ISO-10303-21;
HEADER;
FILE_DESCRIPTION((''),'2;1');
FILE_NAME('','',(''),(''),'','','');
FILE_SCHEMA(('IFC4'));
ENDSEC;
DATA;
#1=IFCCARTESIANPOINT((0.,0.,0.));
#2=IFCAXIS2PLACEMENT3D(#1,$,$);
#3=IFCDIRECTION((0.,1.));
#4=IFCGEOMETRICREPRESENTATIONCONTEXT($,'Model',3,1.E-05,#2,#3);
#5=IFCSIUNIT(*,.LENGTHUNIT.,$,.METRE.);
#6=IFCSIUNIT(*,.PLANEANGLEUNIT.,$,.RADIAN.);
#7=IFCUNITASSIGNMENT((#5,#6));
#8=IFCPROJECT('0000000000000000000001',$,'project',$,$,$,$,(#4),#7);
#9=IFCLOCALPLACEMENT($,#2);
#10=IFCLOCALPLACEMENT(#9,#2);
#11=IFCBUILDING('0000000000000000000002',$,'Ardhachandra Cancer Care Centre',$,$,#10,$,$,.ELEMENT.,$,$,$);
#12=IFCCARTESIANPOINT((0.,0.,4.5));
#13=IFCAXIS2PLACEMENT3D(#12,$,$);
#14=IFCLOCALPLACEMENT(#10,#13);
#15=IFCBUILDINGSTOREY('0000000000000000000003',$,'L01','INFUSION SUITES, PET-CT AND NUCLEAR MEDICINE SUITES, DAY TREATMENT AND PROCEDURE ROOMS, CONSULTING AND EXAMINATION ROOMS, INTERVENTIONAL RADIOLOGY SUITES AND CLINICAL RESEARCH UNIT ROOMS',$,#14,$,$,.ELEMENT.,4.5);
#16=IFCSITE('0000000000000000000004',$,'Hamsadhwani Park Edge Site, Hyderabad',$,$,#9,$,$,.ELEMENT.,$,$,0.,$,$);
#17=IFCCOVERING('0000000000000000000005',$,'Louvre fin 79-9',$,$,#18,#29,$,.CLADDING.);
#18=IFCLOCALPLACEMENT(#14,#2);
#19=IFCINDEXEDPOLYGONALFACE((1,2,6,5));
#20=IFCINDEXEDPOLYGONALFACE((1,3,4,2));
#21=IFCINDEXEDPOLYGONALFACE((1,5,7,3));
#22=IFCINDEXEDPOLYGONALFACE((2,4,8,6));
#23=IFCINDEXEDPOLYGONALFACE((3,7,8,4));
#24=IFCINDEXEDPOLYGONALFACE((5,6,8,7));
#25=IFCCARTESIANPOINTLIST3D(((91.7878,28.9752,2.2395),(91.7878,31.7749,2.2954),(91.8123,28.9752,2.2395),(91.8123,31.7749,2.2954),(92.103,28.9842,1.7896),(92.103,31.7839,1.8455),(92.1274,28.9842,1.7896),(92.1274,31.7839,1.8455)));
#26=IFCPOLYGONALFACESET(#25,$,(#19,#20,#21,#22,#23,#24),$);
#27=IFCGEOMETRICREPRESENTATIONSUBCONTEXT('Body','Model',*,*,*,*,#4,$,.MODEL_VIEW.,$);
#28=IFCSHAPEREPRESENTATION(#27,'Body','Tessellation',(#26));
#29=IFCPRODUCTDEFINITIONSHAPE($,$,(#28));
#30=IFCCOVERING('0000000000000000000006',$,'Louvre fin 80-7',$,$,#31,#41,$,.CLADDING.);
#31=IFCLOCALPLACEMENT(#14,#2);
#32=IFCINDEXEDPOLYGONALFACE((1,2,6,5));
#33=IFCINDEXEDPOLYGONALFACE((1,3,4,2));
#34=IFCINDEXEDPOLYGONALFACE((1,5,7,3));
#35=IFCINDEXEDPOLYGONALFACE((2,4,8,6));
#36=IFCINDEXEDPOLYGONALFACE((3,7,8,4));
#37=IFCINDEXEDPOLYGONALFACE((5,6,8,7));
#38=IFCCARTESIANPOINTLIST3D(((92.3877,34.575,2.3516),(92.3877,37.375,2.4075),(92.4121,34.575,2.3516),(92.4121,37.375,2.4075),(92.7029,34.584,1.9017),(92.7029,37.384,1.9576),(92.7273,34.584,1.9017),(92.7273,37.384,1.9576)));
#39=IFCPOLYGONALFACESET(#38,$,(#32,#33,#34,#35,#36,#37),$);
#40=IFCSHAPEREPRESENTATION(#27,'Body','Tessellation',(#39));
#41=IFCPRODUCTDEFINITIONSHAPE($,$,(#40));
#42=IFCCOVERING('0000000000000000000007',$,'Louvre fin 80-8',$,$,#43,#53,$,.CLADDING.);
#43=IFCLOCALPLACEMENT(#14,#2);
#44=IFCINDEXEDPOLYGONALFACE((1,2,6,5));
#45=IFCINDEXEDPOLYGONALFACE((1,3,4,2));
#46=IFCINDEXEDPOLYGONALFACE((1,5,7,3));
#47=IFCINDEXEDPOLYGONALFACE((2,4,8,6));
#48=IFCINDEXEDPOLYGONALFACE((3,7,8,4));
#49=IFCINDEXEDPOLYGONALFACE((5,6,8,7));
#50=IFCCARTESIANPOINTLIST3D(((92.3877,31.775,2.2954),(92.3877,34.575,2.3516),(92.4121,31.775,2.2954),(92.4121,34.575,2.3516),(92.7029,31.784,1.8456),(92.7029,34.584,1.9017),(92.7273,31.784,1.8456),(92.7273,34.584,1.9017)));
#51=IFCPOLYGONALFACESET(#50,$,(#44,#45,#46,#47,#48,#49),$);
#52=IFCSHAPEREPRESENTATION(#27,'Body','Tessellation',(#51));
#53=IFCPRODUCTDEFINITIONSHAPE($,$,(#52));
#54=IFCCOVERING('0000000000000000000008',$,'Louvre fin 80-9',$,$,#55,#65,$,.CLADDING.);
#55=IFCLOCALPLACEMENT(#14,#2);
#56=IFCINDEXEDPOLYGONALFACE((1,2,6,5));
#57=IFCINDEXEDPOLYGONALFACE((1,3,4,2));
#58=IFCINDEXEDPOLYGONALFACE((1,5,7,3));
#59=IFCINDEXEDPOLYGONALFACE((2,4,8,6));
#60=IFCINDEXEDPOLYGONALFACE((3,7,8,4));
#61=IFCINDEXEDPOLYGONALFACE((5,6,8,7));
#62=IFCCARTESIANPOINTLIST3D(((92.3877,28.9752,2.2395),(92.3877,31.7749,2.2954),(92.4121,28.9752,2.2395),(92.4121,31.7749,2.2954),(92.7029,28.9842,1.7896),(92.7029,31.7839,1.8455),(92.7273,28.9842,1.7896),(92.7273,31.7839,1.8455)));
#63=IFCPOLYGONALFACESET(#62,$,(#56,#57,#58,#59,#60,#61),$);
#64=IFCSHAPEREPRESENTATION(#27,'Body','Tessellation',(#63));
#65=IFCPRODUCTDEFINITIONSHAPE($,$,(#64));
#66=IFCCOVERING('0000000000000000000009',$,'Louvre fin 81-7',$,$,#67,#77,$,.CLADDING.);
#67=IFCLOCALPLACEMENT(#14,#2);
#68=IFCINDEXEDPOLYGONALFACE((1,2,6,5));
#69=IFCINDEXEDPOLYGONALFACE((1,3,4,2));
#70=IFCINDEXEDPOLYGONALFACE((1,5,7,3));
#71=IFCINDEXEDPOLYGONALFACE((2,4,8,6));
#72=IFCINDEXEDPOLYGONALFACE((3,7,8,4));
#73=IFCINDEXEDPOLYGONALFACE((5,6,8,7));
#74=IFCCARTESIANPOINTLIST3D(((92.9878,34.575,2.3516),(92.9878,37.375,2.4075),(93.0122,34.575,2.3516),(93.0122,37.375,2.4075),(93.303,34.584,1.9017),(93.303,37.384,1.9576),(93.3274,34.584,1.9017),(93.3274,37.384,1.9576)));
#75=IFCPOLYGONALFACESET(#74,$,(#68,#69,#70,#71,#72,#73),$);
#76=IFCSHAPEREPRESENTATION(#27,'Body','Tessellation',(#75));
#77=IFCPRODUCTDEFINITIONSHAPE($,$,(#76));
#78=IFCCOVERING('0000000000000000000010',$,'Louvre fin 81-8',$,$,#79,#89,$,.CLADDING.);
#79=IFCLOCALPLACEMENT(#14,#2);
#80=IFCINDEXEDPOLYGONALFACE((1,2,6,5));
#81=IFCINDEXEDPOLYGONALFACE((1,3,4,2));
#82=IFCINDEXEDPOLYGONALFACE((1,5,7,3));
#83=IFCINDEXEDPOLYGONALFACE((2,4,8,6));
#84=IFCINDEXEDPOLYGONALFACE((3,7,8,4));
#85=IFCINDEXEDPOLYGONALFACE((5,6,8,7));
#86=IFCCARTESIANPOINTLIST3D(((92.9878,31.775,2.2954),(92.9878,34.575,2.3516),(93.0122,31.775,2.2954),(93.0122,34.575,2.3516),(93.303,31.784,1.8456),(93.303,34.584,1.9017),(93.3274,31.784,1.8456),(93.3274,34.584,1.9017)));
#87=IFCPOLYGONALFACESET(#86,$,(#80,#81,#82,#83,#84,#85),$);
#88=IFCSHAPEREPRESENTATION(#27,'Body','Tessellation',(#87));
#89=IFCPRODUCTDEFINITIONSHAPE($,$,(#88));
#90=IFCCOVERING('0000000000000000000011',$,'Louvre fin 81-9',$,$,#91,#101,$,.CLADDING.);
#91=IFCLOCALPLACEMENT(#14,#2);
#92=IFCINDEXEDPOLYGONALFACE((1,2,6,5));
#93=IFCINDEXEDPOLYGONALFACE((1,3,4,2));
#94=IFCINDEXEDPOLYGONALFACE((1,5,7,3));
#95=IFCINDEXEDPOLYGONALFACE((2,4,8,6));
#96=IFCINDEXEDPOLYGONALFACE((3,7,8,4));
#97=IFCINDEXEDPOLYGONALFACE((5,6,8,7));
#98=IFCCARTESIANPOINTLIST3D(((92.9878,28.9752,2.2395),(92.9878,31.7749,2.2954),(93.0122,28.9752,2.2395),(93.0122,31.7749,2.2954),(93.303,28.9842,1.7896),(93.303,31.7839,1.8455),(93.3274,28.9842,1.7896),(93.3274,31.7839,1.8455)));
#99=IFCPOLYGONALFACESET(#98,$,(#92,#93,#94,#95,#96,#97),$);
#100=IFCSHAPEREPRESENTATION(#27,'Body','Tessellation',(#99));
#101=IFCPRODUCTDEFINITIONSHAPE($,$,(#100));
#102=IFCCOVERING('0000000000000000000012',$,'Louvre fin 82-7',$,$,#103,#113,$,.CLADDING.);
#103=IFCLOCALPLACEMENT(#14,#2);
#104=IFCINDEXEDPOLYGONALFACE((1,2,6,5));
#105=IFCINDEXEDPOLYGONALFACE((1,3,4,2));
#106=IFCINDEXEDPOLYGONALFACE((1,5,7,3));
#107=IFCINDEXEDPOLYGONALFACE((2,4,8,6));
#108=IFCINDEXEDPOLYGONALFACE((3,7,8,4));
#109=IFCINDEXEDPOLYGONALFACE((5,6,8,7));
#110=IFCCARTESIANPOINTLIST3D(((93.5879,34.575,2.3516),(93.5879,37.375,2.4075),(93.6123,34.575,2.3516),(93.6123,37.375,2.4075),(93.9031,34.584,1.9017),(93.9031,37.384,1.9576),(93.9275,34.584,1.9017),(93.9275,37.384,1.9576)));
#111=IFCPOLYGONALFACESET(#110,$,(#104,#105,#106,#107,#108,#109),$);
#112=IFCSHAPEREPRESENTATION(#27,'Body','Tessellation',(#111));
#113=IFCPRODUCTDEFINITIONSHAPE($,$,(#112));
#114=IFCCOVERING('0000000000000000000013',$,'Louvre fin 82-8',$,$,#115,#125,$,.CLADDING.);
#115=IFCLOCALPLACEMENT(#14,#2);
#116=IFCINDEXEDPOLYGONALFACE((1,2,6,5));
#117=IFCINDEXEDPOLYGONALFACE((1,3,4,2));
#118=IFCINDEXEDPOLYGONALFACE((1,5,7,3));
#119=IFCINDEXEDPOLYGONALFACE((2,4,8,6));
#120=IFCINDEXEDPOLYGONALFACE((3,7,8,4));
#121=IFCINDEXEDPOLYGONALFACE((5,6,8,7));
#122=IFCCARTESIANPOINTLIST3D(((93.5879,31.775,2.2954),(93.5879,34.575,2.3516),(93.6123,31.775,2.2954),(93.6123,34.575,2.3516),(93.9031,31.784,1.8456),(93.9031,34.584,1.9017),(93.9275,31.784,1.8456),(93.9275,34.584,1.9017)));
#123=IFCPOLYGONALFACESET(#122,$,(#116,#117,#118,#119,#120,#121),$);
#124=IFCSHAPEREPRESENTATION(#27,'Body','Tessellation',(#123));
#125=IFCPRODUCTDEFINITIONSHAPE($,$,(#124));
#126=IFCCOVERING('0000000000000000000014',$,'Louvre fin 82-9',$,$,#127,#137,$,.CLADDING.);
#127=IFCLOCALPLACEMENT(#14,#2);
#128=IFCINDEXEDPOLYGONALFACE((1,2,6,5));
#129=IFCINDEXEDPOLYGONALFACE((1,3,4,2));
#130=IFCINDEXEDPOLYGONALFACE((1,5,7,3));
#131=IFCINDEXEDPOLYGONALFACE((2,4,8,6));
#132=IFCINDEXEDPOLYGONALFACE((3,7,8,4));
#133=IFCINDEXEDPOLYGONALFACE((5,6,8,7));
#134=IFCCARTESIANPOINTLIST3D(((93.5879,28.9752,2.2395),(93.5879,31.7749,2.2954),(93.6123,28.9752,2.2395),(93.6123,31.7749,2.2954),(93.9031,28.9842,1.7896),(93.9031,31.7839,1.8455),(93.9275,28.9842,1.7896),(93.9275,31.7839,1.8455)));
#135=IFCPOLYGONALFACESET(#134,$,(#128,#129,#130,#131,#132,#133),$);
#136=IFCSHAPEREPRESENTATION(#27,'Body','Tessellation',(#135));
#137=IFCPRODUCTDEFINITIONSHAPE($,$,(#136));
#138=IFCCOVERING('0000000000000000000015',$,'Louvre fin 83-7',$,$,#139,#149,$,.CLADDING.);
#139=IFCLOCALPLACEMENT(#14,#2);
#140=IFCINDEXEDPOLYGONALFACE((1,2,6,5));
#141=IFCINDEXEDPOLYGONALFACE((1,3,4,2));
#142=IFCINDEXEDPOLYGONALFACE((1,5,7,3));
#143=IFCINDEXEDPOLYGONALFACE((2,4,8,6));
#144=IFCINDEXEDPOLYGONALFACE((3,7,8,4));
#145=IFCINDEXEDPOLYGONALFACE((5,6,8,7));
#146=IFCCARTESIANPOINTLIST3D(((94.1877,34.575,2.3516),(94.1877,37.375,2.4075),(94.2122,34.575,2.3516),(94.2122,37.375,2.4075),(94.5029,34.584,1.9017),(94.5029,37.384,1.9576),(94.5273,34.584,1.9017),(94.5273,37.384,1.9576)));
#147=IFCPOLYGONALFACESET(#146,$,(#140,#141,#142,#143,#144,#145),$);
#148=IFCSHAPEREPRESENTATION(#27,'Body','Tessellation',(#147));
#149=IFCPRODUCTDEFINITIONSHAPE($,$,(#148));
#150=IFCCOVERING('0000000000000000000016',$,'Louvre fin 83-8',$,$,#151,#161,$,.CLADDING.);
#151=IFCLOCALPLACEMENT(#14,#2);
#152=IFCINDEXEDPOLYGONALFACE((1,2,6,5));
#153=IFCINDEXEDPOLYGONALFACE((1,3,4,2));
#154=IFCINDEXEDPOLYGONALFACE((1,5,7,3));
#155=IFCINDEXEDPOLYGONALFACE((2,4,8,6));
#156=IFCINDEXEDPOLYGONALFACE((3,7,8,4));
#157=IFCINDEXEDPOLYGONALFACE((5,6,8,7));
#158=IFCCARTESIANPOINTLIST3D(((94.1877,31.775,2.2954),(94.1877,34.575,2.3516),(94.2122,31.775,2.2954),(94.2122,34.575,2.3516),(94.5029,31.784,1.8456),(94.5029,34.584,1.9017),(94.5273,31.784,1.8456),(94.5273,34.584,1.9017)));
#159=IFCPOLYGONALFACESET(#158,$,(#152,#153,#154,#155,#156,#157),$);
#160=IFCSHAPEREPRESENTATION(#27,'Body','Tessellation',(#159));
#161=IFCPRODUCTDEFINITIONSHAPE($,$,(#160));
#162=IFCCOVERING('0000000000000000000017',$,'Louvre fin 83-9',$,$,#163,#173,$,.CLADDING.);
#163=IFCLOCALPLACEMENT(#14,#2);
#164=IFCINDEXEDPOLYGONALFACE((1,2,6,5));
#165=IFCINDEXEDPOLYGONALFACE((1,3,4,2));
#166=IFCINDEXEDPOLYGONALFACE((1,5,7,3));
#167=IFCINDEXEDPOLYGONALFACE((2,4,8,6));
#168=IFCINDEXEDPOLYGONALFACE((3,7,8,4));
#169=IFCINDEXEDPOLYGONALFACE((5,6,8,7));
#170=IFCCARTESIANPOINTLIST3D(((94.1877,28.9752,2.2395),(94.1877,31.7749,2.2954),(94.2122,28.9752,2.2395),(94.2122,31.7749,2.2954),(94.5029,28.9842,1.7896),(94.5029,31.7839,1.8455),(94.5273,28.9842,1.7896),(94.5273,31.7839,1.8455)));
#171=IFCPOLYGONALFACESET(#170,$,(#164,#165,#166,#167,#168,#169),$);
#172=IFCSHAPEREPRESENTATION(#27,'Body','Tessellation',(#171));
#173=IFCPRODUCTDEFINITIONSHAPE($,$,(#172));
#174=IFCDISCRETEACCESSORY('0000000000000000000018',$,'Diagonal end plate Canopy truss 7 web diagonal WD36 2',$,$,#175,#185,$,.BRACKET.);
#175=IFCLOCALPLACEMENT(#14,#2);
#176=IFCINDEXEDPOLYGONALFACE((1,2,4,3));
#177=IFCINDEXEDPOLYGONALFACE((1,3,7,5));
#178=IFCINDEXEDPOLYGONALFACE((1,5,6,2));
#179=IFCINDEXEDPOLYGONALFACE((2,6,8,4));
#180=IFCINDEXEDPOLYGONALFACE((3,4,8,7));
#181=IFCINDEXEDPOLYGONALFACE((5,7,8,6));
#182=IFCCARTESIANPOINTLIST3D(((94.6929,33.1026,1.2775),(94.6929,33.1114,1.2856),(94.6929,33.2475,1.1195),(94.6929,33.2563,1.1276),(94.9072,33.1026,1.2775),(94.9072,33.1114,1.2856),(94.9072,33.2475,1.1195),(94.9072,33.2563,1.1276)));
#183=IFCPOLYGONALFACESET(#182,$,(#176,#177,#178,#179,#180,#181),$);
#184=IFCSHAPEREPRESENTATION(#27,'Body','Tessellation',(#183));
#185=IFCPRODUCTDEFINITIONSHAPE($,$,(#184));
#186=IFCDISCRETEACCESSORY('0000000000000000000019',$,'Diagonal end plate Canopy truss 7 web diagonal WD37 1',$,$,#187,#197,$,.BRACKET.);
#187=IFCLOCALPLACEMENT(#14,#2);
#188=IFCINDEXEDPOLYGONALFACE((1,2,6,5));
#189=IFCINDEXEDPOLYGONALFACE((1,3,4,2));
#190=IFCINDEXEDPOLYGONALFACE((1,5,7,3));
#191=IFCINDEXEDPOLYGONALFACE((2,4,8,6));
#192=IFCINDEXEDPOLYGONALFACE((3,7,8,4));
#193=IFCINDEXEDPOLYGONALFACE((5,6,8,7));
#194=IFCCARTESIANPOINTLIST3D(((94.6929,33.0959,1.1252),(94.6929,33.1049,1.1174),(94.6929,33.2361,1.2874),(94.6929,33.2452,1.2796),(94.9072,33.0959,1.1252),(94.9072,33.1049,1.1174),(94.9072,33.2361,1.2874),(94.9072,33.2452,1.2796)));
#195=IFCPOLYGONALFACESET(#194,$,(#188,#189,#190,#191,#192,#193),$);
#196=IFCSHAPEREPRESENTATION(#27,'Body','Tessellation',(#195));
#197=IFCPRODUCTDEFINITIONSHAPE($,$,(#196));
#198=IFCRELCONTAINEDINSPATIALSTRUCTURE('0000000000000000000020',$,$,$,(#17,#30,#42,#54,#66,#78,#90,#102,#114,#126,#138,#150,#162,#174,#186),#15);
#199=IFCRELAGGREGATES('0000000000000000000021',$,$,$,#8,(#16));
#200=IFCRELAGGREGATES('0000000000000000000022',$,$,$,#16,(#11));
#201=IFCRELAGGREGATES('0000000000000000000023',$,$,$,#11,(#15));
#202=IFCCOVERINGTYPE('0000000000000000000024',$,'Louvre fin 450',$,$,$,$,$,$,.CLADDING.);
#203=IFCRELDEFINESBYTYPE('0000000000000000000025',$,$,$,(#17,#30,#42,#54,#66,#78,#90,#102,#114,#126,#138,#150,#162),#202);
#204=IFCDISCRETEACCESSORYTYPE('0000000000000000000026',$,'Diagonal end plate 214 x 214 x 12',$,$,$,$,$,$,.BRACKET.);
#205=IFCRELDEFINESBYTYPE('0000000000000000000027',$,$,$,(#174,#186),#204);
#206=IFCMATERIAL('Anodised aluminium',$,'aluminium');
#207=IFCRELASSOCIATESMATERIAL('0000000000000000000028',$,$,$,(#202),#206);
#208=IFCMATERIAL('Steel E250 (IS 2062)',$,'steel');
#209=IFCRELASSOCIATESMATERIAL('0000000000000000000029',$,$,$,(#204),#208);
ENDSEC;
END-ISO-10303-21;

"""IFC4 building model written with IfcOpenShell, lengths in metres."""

from ifc_helpers import new_model, si_unit, direction, frame, origin, origin_2d, place, context, subcontext, project, spatial, polyline, rectangle, outline, extrude, material, material_profile, profile_set, type_object, element, save


model = new_model("IFC4")

# Units and contexts
model_context = context("Model", 3, precision=1e-05, world=origin(), true_north=direction((0.0, 1.0)))
body_context = subcontext(model_context, "Body", "Model", "MODEL_VIEW")
ifc_project = project(units=[si_unit("LENGTHUNIT", "METRE"), si_unit("PLANEANGLEUNIT", "RADIAN")], contexts=[model_context])

# Site, building, storey
site_placement = place(None, origin())
site = spatial("IfcSite", under=ifc_project, at=site_placement, Name="Hamsadhwani Park Edge Site, Hyderabad", CompositionType="ELEMENT", RefElevation=0.0)
building_placement = place(site_placement, origin())
building = spatial("IfcBuilding", under=site, at=building_placement, Name="Ardhachandra Cancer Care Centre", CompositionType="ELEMENT")
storey_placement = place(building_placement, frame((0.0, 0.0, 4.5)))
storey = spatial("IfcBuildingStorey", under=building, at=storey_placement, Name="L01", Description="INFUSION SUITES, PET-CT AND NUCLEAR MEDICINE SUITES, DAY TREATMENT AND PROCEDURE ROOMS, CONSULTING AND EXAMINATION ROOMS, INTERVENTIONAL RADIOLOGY SUITES AND CLINICAL RESEARCH UNIT ROOMS", CompositionType="ELEMENT", Elevation=4.5)

# Coverings
ifc_material_1 = material(Name="Anodised aluminium", Category="aluminium")
ifc_material_profile_1 = material_profile(ifc_material_1, outline(polyline([(-0.0122, 0.0), (0.0122, 0.0), (0.3274, -0.45), (0.303, -0.45), (-0.0122, 0.0)])), Name="Louvre fin 450")
ifc_profile_set_1 = profile_set([ifc_material_profile_1], Name="Anodised aluminium")
covering_type = type_object("IfcCoveringType", Name="Louvre fin 450", PredefinedType="CLADDING", material=ifc_profile_set_1)
covering_1_placement = place(storey_placement, frame((91.8, 31.7749, 2.2954), z_axis=(0.0, -0.999801, -0.019965), x_axis=(1.0, 0.0, 0.0)))
element("IfcCovering", 1, at=covering_1_placement, inside=storey, type_object=covering_type, Name="Louvre fin 79-9", PredefinedType="CLADDING", context=body_context, shape_type="SweptSolid", body=[
    extrude(outline(polyline([(-0.0122, 0.0), (0.0122, 0.0), (0.3274, -0.45), (0.303, -0.45), (-0.0122, 0.0)])), origin(), (0.0, 0.0, 1.0), 2.8003),
])
for number, where, z_axis, x_axis, name in (
    (2, (92.3999, 37.375, 2.4075), (0.0, -0.999801, -0.019963), (1.0, 0.0, 0.0), "Louvre fin 80-7"),
    (3, (92.3999, 34.575, 2.3516), (0.0, -0.999799, -0.02005), (1.0, 0.0, 0.0), "Louvre fin 80-8"),
):
    element("IfcCovering", number, at=place(storey_placement, frame(where, z_axis=z_axis, x_axis=x_axis)), inside=storey, type_object=covering_type, Name=name, PredefinedType="CLADDING", context=body_context, shape_type="SweptSolid", body=[
        extrude(outline(polyline([(-0.0122, 0.0), (0.0122, 0.0), (0.3274, -0.45), (0.303, -0.45), (-0.0122, 0.0)])), origin(), (0.0, 0.0, 1.0), 2.8005),
    ])
covering_2_placement = place(storey_placement, frame((92.3999, 31.7749, 2.2954), z_axis=(0.0, -0.999801, -0.019965), x_axis=(1.0, 0.0, 0.0)))
element("IfcCovering", 4, at=covering_2_placement, inside=storey, type_object=covering_type, Name="Louvre fin 80-9", PredefinedType="CLADDING", context=body_context, shape_type="SweptSolid", body=[
    extrude(outline(polyline([(-0.0122, 0.0), (0.0122, 0.0), (0.3274, -0.45), (0.303, -0.45), (-0.0122, 0.0)])), origin(), (0.0, 0.0, 1.0), 2.8003),
])
for number, where, z_axis, x_axis, name in (
    (5, (93.0, 37.375, 2.4075), (0.0, -0.999801, -0.019963), (1.0, 0.0, 0.0), "Louvre fin 81-7"),
    (6, (93.0, 34.575, 2.3516), (0.0, -0.999799, -0.02005), (1.0, 0.0, 0.0), "Louvre fin 81-8"),
):
    element("IfcCovering", number, at=place(storey_placement, frame(where, z_axis=z_axis, x_axis=x_axis)), inside=storey, type_object=covering_type, Name=name, PredefinedType="CLADDING", context=body_context, shape_type="SweptSolid", body=[
        extrude(outline(polyline([(-0.0122, 0.0), (0.0122, 0.0), (0.3274, -0.45), (0.303, -0.45), (-0.0122, 0.0)])), origin(), (0.0, 0.0, 1.0), 2.8005),
    ])
covering_3_placement = place(storey_placement, frame((93.0, 31.7749, 2.2954), z_axis=(0.0, -0.999801, -0.019965), x_axis=(1.0, 0.0, 0.0)))
element("IfcCovering", 7, at=covering_3_placement, inside=storey, type_object=covering_type, Name="Louvre fin 81-9", PredefinedType="CLADDING", context=body_context, shape_type="SweptSolid", body=[
    extrude(outline(polyline([(-0.0122, 0.0), (0.0122, 0.0), (0.3274, -0.45), (0.303, -0.45), (-0.0122, 0.0)])), origin(), (0.0, 0.0, 1.0), 2.8003),
])
for number, where, z_axis, x_axis, name in (
    (8, (93.6001, 37.375, 2.4075), (0.0, -0.999801, -0.019963), (1.0, 0.0, 0.0), "Louvre fin 82-7"),
    (9, (93.6001, 34.575, 2.3516), (0.0, -0.999799, -0.02005), (1.0, 0.0, 0.0), "Louvre fin 82-8"),
):
    element("IfcCovering", number, at=place(storey_placement, frame(where, z_axis=z_axis, x_axis=x_axis)), inside=storey, type_object=covering_type, Name=name, PredefinedType="CLADDING", context=body_context, shape_type="SweptSolid", body=[
        extrude(outline(polyline([(-0.0122, 0.0), (0.0122, 0.0), (0.3274, -0.45), (0.303, -0.45), (-0.0122, 0.0)])), origin(), (0.0, 0.0, 1.0), 2.8005),
    ])
covering_4_placement = place(storey_placement, frame((93.6001, 31.7749, 2.2954), z_axis=(0.0, -0.999801, -0.019965), x_axis=(1.0, 0.0, 0.0)))
element("IfcCovering", 10, at=covering_4_placement, inside=storey, type_object=covering_type, Name="Louvre fin 82-9", PredefinedType="CLADDING", context=body_context, shape_type="SweptSolid", body=[
    extrude(outline(polyline([(-0.0122, 0.0), (0.0122, 0.0), (0.3274, -0.45), (0.303, -0.45), (-0.0122, 0.0)])), origin(), (0.0, 0.0, 1.0), 2.8003),
])
for number, where, z_axis, x_axis, name in (
    (11, (94.2, 37.375, 2.4075), (0.0, -0.999801, -0.019963), (1.0, 0.0, 0.0), "Louvre fin 83-7"),
    (12, (94.2, 34.575, 2.3516), (0.0, -0.999799, -0.02005), (1.0, 0.0, 0.0), "Louvre fin 83-8"),
):
    element("IfcCovering", number, at=place(storey_placement, frame(where, z_axis=z_axis, x_axis=x_axis)), inside=storey, type_object=covering_type, Name=name, PredefinedType="CLADDING", context=body_context, shape_type="SweptSolid", body=[
        extrude(outline(polyline([(-0.0122, 0.0), (0.0122, 0.0), (0.3274, -0.45), (0.303, -0.45), (-0.0122, 0.0)])), origin(), (0.0, 0.0, 1.0), 2.8005),
    ])
covering_5_placement = place(storey_placement, frame((94.2, 31.7749, 2.2954), z_axis=(0.0, -0.999801, -0.019965), x_axis=(1.0, 0.0, 0.0)))
element("IfcCovering", 13, at=covering_5_placement, inside=storey, type_object=covering_type, Name="Louvre fin 83-9", PredefinedType="CLADDING", context=body_context, shape_type="SweptSolid", body=[
    extrude(outline(polyline([(-0.0122, 0.0), (0.0122, 0.0), (0.3274, -0.45), (0.303, -0.45), (-0.0122, 0.0)])), origin(), (0.0, 0.0, 1.0), 2.8003),
])

# Discrete accessories
ifc_material_2 = material(Name="Steel E250 (IS 2062)", Category="steel")
ifc_material_profile_2 = material_profile(ifc_material_2, rectangle(XDim=0.2144, YDim=0.2144, at=origin_2d()), Name="PL 214x214x12")
ifc_profile_set_2 = profile_set([ifc_material_profile_2], Name="Steel E250 (IS 2062)")
discrete_accessory_type = type_object("IfcDiscreteAccessoryType", Name="Diagonal end plate 214 x 214 x 12", PredefinedType="BRACKET", material=ifc_profile_set_2)
for number, where, z_axis, x_axis, name in (
    (14, (94.8, 33.175, 1.1985), (0.0, 0.737154, 0.675725), (-1.0, 0.0, 0.0), "Diagonal end plate Canopy truss 7 web diagonal WD36 2"),
    (15, (94.8, 33.175, 1.1985), (0.0, -0.756363, 0.654152), (1.0, 0.0, 0.0), "Diagonal end plate Canopy truss 7 web diagonal WD37 1"),
):
    element("IfcDiscreteAccessory", number, at=place(storey_placement, frame(where, z_axis=z_axis, x_axis=x_axis)), inside=storey, type_object=discrete_accessory_type, Name=name, PredefinedType="BRACKET", context=body_context, shape_type="SweptSolid", body=[
        extrude(rectangle(XDim=0.2144, YDim=0.2144, at=origin_2d()), origin(), (0.0, 0.0, 1.0), 0.012),
    ])

save(model, "model.ifc")
